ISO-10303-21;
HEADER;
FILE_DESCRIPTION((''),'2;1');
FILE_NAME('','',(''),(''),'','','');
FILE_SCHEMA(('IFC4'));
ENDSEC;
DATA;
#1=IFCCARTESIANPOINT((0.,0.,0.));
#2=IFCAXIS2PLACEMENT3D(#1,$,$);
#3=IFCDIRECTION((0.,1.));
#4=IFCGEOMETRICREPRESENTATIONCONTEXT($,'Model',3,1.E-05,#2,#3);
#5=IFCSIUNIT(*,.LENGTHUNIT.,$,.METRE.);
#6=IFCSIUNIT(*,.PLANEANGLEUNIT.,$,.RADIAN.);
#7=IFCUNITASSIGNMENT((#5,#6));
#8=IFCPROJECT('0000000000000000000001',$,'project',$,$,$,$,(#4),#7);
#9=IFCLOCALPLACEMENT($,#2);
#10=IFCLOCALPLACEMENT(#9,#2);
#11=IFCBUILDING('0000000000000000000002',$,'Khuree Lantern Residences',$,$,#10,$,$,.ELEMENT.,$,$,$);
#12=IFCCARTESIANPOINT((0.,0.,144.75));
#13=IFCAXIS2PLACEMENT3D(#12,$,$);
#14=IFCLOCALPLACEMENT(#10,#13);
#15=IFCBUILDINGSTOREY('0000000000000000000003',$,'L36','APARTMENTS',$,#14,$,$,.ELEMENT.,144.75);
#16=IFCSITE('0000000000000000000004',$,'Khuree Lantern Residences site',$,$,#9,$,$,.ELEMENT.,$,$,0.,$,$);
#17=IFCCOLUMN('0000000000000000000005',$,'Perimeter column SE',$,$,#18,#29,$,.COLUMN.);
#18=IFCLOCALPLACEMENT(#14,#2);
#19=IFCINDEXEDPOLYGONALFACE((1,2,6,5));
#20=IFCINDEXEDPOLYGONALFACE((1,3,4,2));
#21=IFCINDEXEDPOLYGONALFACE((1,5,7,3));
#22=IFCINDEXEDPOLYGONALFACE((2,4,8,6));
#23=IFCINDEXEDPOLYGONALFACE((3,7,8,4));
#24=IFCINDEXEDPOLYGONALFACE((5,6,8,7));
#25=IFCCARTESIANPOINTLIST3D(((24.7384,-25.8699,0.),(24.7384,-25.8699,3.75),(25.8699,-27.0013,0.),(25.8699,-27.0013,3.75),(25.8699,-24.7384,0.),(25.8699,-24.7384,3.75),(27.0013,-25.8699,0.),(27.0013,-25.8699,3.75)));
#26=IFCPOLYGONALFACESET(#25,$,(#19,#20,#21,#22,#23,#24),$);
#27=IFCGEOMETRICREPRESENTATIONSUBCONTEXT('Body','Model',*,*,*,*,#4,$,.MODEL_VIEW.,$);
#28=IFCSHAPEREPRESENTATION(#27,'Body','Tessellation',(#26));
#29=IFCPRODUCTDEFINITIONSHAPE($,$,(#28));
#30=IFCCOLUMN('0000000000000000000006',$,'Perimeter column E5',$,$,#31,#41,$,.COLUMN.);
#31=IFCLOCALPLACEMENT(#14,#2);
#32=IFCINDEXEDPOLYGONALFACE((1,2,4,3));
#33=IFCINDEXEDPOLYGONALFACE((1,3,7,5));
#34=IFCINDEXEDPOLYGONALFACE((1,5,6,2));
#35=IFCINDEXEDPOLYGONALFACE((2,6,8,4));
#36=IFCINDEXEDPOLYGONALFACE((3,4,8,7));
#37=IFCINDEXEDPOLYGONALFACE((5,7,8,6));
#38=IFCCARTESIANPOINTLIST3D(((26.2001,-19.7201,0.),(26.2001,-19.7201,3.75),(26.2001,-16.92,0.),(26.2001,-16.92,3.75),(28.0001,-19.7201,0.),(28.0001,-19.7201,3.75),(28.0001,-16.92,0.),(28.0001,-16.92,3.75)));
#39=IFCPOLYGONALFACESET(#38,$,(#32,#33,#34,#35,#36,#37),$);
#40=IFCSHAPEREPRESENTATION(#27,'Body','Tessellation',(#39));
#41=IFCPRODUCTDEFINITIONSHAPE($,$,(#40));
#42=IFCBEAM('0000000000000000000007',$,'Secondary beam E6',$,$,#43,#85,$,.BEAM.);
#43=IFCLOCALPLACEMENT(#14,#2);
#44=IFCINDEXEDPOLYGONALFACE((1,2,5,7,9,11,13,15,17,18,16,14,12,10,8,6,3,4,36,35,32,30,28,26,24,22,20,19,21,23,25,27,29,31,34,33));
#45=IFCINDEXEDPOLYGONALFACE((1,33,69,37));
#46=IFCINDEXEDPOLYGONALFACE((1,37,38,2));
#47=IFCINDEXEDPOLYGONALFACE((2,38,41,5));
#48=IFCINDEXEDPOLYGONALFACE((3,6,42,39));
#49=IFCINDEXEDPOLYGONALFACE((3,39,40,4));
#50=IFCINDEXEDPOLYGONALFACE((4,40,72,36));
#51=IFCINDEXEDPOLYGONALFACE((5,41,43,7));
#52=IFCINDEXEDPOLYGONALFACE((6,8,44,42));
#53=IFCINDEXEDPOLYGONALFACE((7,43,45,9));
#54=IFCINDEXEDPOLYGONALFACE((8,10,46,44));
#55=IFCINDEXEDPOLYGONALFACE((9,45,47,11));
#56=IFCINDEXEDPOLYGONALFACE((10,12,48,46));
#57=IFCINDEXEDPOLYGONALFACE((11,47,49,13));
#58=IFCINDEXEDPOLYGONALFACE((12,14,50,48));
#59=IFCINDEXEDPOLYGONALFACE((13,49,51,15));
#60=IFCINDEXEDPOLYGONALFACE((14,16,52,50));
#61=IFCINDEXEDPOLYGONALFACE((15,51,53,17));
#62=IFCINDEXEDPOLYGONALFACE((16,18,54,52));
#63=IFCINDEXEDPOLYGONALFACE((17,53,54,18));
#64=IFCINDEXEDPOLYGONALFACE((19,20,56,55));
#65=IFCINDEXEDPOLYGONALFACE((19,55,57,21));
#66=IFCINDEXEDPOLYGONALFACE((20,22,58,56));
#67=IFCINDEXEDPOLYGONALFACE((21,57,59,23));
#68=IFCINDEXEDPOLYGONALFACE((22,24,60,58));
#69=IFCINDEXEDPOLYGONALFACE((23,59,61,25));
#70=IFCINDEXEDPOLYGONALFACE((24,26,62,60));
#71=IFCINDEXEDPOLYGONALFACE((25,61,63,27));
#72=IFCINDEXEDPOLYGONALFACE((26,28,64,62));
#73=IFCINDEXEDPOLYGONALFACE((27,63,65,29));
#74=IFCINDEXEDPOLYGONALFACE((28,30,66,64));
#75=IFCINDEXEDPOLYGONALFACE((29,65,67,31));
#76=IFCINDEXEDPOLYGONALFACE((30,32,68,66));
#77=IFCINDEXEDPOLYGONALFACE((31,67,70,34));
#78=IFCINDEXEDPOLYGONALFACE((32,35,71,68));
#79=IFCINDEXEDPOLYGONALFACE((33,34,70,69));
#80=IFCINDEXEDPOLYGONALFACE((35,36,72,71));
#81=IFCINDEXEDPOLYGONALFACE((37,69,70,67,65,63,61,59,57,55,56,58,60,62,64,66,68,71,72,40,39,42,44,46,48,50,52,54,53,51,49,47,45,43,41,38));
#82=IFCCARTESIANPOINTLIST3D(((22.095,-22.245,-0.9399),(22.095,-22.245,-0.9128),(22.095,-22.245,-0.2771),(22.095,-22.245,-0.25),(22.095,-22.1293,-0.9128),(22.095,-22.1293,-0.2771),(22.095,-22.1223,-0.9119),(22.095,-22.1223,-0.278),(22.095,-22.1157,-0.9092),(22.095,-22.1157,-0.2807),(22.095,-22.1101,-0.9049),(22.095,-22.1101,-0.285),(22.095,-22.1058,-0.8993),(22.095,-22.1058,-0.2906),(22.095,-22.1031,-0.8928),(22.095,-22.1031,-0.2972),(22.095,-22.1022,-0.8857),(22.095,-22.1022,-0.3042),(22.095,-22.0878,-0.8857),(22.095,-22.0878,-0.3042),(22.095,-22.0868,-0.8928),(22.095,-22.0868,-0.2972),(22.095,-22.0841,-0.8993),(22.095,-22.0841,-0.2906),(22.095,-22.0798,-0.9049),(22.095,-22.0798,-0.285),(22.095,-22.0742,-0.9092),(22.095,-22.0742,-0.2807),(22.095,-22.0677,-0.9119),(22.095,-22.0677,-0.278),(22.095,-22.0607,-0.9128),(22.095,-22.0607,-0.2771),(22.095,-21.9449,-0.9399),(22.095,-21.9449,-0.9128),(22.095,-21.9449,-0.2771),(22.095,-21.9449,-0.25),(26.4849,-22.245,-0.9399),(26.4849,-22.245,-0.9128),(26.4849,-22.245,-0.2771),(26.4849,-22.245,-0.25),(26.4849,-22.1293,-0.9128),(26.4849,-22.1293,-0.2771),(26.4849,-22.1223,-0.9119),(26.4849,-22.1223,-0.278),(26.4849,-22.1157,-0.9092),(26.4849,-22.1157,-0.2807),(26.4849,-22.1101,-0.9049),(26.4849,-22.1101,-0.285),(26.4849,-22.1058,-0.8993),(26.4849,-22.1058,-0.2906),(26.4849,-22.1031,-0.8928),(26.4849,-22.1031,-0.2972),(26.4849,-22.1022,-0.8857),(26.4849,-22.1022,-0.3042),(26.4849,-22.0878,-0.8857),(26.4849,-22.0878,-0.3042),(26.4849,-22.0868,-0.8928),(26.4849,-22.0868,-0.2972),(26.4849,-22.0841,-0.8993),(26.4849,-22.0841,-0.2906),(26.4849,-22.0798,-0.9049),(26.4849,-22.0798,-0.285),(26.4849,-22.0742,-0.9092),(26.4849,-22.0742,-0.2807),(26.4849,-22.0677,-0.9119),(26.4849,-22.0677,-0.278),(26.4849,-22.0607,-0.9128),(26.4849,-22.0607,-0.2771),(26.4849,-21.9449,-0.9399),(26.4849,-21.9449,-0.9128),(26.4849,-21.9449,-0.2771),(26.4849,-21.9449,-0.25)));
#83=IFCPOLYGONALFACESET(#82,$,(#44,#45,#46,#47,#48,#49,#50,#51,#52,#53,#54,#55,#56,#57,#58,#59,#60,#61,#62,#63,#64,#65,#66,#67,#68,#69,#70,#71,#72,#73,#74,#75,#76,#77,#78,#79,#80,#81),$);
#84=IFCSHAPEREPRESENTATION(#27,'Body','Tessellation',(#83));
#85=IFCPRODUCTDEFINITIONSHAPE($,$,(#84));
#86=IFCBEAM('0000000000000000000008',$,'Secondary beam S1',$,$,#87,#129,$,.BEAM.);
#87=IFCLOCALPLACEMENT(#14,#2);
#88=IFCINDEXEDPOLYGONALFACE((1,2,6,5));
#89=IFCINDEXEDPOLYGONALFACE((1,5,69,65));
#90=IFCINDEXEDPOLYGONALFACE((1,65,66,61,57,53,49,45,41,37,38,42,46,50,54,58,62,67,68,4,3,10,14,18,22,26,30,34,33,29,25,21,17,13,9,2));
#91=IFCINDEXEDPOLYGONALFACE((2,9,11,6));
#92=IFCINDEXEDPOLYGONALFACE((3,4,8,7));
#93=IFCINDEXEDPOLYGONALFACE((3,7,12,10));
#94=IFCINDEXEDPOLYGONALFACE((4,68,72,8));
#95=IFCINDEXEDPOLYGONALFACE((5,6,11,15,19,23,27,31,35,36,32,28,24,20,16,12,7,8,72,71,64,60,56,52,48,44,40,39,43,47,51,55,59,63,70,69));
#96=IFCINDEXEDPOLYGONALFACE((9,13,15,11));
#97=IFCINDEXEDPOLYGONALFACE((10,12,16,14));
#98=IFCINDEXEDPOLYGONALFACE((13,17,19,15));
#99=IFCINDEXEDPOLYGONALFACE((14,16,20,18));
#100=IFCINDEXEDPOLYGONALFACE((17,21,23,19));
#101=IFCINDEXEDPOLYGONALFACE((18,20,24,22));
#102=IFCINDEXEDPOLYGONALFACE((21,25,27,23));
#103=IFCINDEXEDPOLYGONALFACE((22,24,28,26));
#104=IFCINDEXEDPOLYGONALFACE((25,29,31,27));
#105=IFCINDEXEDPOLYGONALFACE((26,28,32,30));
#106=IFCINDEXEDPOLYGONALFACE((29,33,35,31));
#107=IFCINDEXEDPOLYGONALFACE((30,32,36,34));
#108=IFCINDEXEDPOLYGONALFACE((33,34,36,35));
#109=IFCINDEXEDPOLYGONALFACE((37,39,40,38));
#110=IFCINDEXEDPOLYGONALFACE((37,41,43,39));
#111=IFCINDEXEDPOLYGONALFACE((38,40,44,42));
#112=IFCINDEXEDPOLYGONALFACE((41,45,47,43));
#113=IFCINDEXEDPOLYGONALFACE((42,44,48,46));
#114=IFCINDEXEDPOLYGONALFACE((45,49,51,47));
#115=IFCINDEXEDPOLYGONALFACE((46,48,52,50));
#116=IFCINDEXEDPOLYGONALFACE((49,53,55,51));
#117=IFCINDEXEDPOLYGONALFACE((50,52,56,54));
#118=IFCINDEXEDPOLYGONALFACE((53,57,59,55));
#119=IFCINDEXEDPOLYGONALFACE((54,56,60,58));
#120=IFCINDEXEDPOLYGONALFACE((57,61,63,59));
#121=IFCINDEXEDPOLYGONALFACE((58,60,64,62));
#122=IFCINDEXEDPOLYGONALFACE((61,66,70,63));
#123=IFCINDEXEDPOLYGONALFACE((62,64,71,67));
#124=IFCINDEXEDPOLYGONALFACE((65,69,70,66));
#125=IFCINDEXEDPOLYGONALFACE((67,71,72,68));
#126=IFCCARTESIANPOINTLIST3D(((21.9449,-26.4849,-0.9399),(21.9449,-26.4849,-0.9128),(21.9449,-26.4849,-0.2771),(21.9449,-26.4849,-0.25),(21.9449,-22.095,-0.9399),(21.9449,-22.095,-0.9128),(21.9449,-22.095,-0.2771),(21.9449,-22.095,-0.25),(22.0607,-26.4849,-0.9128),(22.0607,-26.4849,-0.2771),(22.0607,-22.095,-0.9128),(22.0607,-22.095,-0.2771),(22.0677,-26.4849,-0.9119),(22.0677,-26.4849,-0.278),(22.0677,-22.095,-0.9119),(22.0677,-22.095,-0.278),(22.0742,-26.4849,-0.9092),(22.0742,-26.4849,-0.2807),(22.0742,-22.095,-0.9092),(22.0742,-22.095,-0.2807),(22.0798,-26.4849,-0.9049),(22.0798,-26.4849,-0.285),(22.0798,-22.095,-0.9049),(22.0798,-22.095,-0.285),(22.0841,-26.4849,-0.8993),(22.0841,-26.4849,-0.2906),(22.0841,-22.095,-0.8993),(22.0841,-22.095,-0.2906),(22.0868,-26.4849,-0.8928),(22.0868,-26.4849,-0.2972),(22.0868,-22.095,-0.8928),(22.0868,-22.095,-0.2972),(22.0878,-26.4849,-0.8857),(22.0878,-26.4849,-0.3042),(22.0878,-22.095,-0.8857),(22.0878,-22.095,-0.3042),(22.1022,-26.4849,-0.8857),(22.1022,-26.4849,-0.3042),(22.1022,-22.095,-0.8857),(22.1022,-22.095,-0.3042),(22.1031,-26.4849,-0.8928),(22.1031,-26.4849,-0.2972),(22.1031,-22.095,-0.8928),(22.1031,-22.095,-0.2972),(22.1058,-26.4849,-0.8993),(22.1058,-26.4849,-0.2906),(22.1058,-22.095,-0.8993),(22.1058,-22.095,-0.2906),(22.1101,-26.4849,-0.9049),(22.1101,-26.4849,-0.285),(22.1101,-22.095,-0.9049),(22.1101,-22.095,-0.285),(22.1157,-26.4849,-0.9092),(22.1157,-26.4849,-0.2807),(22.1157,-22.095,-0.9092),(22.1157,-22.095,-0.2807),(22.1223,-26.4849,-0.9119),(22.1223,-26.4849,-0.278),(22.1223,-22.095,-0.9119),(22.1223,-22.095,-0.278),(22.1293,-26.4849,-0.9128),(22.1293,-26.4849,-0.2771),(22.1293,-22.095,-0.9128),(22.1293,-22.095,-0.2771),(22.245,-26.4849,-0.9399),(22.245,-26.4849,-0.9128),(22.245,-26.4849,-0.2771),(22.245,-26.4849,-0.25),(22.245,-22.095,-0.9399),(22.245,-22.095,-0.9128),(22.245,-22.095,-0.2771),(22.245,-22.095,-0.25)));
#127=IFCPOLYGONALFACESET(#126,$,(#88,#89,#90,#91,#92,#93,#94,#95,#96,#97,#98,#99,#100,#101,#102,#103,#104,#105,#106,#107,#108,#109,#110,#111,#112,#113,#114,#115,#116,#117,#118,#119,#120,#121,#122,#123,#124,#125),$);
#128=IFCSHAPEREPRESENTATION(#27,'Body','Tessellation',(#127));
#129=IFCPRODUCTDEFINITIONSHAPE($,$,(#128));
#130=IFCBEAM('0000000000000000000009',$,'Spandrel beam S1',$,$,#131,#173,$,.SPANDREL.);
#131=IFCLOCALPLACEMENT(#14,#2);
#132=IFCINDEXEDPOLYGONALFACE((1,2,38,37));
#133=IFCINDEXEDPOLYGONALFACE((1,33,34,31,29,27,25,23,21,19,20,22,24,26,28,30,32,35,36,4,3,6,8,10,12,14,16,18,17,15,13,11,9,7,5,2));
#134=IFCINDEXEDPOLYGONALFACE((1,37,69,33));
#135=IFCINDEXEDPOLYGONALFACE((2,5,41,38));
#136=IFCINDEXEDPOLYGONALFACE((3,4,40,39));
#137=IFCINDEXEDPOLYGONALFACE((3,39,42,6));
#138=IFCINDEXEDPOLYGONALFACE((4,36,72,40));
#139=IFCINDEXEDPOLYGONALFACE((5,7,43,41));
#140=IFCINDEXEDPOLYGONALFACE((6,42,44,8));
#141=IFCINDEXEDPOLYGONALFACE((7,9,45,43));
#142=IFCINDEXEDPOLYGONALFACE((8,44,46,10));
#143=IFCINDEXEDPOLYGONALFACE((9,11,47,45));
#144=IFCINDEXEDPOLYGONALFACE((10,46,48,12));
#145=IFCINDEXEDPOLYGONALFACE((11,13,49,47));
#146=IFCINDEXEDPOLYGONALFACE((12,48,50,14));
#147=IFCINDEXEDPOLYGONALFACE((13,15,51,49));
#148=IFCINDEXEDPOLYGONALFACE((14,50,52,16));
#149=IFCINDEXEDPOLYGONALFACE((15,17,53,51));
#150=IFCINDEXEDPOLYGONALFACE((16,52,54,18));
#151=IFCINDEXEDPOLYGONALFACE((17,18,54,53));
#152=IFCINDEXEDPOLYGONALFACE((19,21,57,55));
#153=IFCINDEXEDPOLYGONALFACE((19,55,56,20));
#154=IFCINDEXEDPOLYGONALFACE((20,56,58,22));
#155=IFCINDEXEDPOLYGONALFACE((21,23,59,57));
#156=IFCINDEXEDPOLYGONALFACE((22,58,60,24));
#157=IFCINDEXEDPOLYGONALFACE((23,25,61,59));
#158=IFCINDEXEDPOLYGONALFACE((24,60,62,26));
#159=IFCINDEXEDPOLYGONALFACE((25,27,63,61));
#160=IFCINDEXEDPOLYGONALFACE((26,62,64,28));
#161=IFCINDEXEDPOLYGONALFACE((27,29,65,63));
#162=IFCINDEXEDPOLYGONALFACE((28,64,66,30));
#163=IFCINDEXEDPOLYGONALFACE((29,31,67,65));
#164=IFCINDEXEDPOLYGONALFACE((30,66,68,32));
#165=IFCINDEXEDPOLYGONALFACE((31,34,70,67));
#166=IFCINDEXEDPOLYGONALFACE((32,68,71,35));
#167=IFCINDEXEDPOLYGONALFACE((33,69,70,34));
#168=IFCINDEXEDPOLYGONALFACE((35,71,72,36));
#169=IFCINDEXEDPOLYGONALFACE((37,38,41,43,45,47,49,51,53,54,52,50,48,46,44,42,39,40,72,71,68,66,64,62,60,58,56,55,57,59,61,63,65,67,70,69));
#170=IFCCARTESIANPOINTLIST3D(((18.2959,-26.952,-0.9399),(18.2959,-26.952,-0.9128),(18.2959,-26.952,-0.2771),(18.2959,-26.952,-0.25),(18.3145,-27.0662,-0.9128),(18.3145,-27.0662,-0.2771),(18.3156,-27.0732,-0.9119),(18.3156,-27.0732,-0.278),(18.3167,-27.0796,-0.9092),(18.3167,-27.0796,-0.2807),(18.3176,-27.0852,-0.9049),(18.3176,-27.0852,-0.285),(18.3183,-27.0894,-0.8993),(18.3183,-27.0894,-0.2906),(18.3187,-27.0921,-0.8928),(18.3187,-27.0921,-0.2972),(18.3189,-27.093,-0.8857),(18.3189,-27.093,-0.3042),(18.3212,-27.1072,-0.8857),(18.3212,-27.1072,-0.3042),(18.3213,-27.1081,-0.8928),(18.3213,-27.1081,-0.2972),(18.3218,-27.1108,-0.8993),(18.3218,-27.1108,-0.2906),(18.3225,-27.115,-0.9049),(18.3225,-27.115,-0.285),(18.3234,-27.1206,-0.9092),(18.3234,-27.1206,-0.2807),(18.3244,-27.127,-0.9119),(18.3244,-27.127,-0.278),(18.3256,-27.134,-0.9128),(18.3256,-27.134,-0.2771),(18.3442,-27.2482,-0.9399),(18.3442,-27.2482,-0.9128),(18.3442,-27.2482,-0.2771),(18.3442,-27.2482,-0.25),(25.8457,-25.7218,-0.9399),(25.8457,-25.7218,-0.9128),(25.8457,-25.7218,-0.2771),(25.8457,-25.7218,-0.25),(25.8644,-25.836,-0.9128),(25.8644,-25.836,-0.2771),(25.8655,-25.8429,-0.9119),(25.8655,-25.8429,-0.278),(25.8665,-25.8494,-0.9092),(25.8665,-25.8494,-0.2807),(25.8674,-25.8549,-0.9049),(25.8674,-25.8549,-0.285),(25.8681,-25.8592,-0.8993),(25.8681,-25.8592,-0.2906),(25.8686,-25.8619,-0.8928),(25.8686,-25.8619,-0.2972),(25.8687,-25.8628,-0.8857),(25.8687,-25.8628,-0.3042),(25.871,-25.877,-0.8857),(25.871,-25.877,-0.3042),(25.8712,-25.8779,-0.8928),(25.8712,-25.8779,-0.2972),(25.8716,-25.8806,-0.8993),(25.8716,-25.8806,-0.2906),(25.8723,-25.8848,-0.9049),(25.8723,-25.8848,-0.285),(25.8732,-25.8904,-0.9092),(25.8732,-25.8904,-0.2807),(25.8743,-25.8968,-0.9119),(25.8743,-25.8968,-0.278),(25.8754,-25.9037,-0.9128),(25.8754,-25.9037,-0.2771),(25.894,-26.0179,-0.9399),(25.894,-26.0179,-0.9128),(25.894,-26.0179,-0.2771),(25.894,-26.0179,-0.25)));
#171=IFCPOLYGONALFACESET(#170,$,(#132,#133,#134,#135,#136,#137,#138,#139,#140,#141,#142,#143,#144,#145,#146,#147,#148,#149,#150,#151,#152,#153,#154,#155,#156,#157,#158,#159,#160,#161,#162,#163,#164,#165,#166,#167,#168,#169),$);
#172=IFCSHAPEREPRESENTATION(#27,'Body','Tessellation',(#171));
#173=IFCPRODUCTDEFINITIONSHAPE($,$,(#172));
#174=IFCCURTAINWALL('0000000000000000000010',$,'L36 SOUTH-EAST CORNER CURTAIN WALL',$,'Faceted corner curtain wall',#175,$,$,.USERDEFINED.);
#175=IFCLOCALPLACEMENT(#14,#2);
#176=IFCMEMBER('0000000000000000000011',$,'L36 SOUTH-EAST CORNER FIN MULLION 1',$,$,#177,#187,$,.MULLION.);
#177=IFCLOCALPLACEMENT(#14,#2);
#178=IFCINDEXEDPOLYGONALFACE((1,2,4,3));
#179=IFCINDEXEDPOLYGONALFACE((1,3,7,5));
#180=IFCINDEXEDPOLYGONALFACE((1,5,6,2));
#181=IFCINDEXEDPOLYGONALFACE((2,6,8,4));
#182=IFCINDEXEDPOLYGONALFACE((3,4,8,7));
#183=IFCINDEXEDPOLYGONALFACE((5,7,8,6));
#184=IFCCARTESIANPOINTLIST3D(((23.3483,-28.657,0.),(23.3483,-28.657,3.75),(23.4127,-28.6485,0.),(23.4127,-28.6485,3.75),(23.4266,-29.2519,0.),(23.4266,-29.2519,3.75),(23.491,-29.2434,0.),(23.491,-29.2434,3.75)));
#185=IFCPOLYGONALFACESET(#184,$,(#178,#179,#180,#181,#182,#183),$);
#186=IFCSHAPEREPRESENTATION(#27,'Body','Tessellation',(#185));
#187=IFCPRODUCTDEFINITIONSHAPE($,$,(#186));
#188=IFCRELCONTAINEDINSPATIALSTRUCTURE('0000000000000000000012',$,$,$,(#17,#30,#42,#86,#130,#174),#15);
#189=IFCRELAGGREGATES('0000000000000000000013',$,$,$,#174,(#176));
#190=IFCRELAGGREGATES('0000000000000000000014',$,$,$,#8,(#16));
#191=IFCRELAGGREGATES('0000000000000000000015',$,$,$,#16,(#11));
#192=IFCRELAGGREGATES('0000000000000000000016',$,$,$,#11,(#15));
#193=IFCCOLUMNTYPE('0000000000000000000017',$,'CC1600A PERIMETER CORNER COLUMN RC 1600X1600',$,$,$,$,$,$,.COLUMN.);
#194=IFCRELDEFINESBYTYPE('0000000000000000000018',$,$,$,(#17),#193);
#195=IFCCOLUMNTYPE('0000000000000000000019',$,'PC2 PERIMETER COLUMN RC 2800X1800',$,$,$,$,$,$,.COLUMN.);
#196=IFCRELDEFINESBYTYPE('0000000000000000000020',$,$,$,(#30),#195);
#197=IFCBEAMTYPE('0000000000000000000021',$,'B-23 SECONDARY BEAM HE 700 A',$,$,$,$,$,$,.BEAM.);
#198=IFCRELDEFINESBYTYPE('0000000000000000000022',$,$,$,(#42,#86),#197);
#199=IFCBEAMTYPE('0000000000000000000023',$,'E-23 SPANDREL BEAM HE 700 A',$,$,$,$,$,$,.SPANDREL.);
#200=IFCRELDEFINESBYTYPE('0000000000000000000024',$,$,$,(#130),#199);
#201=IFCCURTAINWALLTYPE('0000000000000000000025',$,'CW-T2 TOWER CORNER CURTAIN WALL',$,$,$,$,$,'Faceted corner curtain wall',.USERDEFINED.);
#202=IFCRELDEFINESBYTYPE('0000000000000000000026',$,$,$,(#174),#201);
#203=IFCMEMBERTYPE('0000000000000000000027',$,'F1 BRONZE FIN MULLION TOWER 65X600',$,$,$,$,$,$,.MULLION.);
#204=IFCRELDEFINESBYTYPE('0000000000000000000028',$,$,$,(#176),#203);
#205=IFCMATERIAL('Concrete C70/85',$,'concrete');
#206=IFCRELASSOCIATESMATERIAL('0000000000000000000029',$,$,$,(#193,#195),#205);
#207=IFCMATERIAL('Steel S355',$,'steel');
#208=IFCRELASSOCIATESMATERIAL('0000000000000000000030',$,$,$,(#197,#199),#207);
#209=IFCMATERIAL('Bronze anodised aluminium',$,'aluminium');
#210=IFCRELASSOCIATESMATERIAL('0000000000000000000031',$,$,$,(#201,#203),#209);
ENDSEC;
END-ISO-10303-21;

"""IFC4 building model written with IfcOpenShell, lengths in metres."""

from ifc_helpers import new_model, si_unit, direction, frame, origin, origin_2d, place, context, subcontext, project, spatial, rectangle, i_section, extrude, material, material_profile, profile_set, type_object, element, aggregate, save


model = new_model("IFC4")

# Units and contexts
model_context = context("Model", 3, precision=1e-05, world=origin(), true_north=direction((0.0, 1.0)))
body_context = subcontext(model_context, "Body", "Model", "MODEL_VIEW")
ifc_project = project(units=[si_unit("LENGTHUNIT", "METRE"), si_unit("PLANEANGLEUNIT", "RADIAN")], contexts=[model_context])

# Site, building, storey
site_placement = place(None, origin())
site = spatial("IfcSite", under=ifc_project, at=site_placement, Name="Khuree Lantern Residences site", CompositionType="ELEMENT", RefElevation=0.0)
building_placement = place(site_placement, origin())
building = spatial("IfcBuilding", under=site, at=building_placement, Name="Khuree Lantern Residences", CompositionType="ELEMENT")
storey_placement = place(building_placement, frame((0.0, 0.0, 144.75)))
storey = spatial("IfcBuildingStorey", under=building, at=storey_placement, Name="L36", Description="APARTMENTS", CompositionType="ELEMENT", Elevation=144.75)

# Columns
ifc_material_1 = material(Name="Concrete C70/85", Category="concrete")
ifc_material_profile_1 = material_profile(ifc_material_1, rectangle(XDim=1.6001, YDim=1.6001, at=origin_2d()), Name="RC 1600X1600")
ifc_profile_set_1 = profile_set([ifc_material_profile_1], Name="Concrete C70/85")
column_type_1 = type_object("IfcColumnType", Name="CC1600A PERIMETER CORNER COLUMN RC 1600X1600", PredefinedType="COLUMN", material=ifc_profile_set_1)
column_1_placement = place(storey_placement, frame((25.8699, -25.8699, 0.0), z_axis=(0.0, 0.0, 1.0), x_axis=(0.707107, 0.707107, 0.0)))
element("IfcColumn", 1, at=column_1_placement, inside=storey, type_object=column_type_1, Name="Perimeter column SE", PredefinedType="COLUMN", context=body_context, shape_type="SweptSolid", body=[
    extrude(rectangle(XDim=1.6001, YDim=1.6001, at=origin_2d()), origin(), (0.0, 0.0, 1.0), 3.75),
])
ifc_material_profile_2 = material_profile(ifc_material_1, rectangle(XDim=2.8, YDim=1.8, at=origin_2d()), Name="RC 2800X1800")
ifc_profile_set_2 = profile_set([ifc_material_profile_2], Name="Concrete C70/85")
column_type_2 = type_object("IfcColumnType", Name="PC2 PERIMETER COLUMN RC 2800X1800", PredefinedType="COLUMN", material=ifc_profile_set_2)
column_2_placement = place(storey_placement, frame((27.1001, -18.3201, 0.0), z_axis=(0.0, 0.0, 1.0), x_axis=(0.0, 1.0, 0.0)))
element("IfcColumn", 2, at=column_2_placement, inside=storey, type_object=column_type_2, Name="Perimeter column E5", PredefinedType="COLUMN", context=body_context, shape_type="SweptSolid", body=[
    extrude(rectangle(XDim=2.8, YDim=1.8, at=origin_2d()), origin(), (0.0, 0.0, 1.0), 3.75),
])

# Beams
ifc_material_2 = material(Name="Steel S355", Category="steel")
ifc_material_profile_3 = material_profile(ifc_material_2, i_section(OverallWidth=0.3, OverallDepth=0.6899, WebThickness=0.0144, FlangeThickness=0.0271, FilletRadius=0.0271, at=origin_2d()), Name="HE 700 A")
ifc_profile_set_3 = profile_set([ifc_material_profile_3], Name="Steel S355")
beam_type_1 = type_object("IfcBeamType", Name="B-23 SECONDARY BEAM HE 700 A", PredefinedType="BEAM", material=ifc_profile_set_3)
for number, where, z_axis, x_axis, name in (
    (3, (26.4849, -22.095, -0.595), (-1.0, 0.0, 0.0), (0.0, -1.0, 0.0), "Secondary beam E6"),
    (4, (22.095, -26.4849, -0.595), (0.0, 1.0, 0.0), (-1.0, 0.0, 0.0), "Secondary beam S1"),
):
    element("IfcBeam", number, at=place(storey_placement, frame(where, z_axis=z_axis, x_axis=x_axis)), inside=storey, type_object=beam_type_1, Name=name, PredefinedType="BEAM", context=body_context, shape_type="SweptSolid", body=[
        extrude(i_section(OverallWidth=0.3, OverallDepth=0.6899, WebThickness=0.0144, FlangeThickness=0.0271, FilletRadius=0.0271, at=origin_2d()), origin(), (0.0, 0.0, 1.0), 4.3899),
    ])
ifc_material_profile_4 = material_profile(ifc_material_2, i_section(OverallWidth=0.3, OverallDepth=0.6899, WebThickness=0.0144, FlangeThickness=0.0271, FilletRadius=0.0271, at=origin_2d()), Name="HE 700 A")
ifc_profile_set_4 = profile_set([ifc_material_profile_4], Name="Steel S355")
beam_type_2 = type_object("IfcBeamType", Name="E-23 SPANDREL BEAM HE 700 A", PredefinedType="SPANDREL", material=ifc_profile_set_4)
beam_1_placement = place(storey_placement, frame((25.8699, -25.8699, -0.595), z_axis=(-0.986983, -0.160827, 0.0), x_axis=(0.160827, -0.986983, 0.0)))
element("IfcBeam", 5, at=beam_1_placement, inside=storey, type_object=beam_type_2, Name="Spandrel beam S1", PredefinedType="SPANDREL", context=body_context, shape_type="SweptSolid", body=[
    extrude(i_section(OverallWidth=0.3, OverallDepth=0.6899, WebThickness=0.0144, FlangeThickness=0.0271, FilletRadius=0.0271, at=origin_2d()), origin(), (0.0, 0.0, 1.0), 7.6494),
])

# Curtain wall, member
ifc_material_3 = material(Name="Bronze anodised aluminium", Category="aluminium")
curtain_wall_type_1 = type_object("IfcCurtainWallType", Name="CW-T2 TOWER CORNER CURTAIN WALL", ElementType="Faceted corner curtain wall", PredefinedType="USERDEFINED", material=ifc_material_3)
curtain_wall_1_placement = place(storey_placement, origin())
curtain_wall_1 = element("IfcCurtainWall", 6, at=curtain_wall_1_placement, inside=storey, type_object=curtain_wall_type_1, Name="L36 SOUTH-EAST CORNER CURTAIN WALL", ObjectType="Faceted corner curtain wall", PredefinedType="USERDEFINED")
ifc_material_profile_5 = material_profile(ifc_material_3, rectangle(XDim=0.0649, YDim=0.6001, at=origin_2d()), Name="F1 65X600")
ifc_profile_set_5 = profile_set([ifc_material_profile_5], Name="Bronze anodised aluminium")
member_type_1 = type_object("IfcMemberType", Name="F1 BRONZE FIN MULLION TOWER 65X600", PredefinedType="MULLION", material=ifc_profile_set_5)
member_1_placement = place(storey_placement, frame((23.4197, -28.9502, 0.0), z_axis=(0.0, 0.0, 1.0), x_axis=(0.991445, 0.130526, 0.0)))
member_1 = element("IfcMember", 7, at=member_1_placement, type_object=member_type_1, Name="L36 SOUTH-EAST CORNER FIN MULLION 1", PredefinedType="MULLION", context=body_context, shape_type="SweptSolid", body=[
    extrude(rectangle(XDim=0.0649, YDim=0.6001, at=origin_2d()), origin(), (0.0, 0.0, 1.0), 3.75),
])

aggregate(curtain_wall_1, [member_1])

save(model, "model.ifc")
